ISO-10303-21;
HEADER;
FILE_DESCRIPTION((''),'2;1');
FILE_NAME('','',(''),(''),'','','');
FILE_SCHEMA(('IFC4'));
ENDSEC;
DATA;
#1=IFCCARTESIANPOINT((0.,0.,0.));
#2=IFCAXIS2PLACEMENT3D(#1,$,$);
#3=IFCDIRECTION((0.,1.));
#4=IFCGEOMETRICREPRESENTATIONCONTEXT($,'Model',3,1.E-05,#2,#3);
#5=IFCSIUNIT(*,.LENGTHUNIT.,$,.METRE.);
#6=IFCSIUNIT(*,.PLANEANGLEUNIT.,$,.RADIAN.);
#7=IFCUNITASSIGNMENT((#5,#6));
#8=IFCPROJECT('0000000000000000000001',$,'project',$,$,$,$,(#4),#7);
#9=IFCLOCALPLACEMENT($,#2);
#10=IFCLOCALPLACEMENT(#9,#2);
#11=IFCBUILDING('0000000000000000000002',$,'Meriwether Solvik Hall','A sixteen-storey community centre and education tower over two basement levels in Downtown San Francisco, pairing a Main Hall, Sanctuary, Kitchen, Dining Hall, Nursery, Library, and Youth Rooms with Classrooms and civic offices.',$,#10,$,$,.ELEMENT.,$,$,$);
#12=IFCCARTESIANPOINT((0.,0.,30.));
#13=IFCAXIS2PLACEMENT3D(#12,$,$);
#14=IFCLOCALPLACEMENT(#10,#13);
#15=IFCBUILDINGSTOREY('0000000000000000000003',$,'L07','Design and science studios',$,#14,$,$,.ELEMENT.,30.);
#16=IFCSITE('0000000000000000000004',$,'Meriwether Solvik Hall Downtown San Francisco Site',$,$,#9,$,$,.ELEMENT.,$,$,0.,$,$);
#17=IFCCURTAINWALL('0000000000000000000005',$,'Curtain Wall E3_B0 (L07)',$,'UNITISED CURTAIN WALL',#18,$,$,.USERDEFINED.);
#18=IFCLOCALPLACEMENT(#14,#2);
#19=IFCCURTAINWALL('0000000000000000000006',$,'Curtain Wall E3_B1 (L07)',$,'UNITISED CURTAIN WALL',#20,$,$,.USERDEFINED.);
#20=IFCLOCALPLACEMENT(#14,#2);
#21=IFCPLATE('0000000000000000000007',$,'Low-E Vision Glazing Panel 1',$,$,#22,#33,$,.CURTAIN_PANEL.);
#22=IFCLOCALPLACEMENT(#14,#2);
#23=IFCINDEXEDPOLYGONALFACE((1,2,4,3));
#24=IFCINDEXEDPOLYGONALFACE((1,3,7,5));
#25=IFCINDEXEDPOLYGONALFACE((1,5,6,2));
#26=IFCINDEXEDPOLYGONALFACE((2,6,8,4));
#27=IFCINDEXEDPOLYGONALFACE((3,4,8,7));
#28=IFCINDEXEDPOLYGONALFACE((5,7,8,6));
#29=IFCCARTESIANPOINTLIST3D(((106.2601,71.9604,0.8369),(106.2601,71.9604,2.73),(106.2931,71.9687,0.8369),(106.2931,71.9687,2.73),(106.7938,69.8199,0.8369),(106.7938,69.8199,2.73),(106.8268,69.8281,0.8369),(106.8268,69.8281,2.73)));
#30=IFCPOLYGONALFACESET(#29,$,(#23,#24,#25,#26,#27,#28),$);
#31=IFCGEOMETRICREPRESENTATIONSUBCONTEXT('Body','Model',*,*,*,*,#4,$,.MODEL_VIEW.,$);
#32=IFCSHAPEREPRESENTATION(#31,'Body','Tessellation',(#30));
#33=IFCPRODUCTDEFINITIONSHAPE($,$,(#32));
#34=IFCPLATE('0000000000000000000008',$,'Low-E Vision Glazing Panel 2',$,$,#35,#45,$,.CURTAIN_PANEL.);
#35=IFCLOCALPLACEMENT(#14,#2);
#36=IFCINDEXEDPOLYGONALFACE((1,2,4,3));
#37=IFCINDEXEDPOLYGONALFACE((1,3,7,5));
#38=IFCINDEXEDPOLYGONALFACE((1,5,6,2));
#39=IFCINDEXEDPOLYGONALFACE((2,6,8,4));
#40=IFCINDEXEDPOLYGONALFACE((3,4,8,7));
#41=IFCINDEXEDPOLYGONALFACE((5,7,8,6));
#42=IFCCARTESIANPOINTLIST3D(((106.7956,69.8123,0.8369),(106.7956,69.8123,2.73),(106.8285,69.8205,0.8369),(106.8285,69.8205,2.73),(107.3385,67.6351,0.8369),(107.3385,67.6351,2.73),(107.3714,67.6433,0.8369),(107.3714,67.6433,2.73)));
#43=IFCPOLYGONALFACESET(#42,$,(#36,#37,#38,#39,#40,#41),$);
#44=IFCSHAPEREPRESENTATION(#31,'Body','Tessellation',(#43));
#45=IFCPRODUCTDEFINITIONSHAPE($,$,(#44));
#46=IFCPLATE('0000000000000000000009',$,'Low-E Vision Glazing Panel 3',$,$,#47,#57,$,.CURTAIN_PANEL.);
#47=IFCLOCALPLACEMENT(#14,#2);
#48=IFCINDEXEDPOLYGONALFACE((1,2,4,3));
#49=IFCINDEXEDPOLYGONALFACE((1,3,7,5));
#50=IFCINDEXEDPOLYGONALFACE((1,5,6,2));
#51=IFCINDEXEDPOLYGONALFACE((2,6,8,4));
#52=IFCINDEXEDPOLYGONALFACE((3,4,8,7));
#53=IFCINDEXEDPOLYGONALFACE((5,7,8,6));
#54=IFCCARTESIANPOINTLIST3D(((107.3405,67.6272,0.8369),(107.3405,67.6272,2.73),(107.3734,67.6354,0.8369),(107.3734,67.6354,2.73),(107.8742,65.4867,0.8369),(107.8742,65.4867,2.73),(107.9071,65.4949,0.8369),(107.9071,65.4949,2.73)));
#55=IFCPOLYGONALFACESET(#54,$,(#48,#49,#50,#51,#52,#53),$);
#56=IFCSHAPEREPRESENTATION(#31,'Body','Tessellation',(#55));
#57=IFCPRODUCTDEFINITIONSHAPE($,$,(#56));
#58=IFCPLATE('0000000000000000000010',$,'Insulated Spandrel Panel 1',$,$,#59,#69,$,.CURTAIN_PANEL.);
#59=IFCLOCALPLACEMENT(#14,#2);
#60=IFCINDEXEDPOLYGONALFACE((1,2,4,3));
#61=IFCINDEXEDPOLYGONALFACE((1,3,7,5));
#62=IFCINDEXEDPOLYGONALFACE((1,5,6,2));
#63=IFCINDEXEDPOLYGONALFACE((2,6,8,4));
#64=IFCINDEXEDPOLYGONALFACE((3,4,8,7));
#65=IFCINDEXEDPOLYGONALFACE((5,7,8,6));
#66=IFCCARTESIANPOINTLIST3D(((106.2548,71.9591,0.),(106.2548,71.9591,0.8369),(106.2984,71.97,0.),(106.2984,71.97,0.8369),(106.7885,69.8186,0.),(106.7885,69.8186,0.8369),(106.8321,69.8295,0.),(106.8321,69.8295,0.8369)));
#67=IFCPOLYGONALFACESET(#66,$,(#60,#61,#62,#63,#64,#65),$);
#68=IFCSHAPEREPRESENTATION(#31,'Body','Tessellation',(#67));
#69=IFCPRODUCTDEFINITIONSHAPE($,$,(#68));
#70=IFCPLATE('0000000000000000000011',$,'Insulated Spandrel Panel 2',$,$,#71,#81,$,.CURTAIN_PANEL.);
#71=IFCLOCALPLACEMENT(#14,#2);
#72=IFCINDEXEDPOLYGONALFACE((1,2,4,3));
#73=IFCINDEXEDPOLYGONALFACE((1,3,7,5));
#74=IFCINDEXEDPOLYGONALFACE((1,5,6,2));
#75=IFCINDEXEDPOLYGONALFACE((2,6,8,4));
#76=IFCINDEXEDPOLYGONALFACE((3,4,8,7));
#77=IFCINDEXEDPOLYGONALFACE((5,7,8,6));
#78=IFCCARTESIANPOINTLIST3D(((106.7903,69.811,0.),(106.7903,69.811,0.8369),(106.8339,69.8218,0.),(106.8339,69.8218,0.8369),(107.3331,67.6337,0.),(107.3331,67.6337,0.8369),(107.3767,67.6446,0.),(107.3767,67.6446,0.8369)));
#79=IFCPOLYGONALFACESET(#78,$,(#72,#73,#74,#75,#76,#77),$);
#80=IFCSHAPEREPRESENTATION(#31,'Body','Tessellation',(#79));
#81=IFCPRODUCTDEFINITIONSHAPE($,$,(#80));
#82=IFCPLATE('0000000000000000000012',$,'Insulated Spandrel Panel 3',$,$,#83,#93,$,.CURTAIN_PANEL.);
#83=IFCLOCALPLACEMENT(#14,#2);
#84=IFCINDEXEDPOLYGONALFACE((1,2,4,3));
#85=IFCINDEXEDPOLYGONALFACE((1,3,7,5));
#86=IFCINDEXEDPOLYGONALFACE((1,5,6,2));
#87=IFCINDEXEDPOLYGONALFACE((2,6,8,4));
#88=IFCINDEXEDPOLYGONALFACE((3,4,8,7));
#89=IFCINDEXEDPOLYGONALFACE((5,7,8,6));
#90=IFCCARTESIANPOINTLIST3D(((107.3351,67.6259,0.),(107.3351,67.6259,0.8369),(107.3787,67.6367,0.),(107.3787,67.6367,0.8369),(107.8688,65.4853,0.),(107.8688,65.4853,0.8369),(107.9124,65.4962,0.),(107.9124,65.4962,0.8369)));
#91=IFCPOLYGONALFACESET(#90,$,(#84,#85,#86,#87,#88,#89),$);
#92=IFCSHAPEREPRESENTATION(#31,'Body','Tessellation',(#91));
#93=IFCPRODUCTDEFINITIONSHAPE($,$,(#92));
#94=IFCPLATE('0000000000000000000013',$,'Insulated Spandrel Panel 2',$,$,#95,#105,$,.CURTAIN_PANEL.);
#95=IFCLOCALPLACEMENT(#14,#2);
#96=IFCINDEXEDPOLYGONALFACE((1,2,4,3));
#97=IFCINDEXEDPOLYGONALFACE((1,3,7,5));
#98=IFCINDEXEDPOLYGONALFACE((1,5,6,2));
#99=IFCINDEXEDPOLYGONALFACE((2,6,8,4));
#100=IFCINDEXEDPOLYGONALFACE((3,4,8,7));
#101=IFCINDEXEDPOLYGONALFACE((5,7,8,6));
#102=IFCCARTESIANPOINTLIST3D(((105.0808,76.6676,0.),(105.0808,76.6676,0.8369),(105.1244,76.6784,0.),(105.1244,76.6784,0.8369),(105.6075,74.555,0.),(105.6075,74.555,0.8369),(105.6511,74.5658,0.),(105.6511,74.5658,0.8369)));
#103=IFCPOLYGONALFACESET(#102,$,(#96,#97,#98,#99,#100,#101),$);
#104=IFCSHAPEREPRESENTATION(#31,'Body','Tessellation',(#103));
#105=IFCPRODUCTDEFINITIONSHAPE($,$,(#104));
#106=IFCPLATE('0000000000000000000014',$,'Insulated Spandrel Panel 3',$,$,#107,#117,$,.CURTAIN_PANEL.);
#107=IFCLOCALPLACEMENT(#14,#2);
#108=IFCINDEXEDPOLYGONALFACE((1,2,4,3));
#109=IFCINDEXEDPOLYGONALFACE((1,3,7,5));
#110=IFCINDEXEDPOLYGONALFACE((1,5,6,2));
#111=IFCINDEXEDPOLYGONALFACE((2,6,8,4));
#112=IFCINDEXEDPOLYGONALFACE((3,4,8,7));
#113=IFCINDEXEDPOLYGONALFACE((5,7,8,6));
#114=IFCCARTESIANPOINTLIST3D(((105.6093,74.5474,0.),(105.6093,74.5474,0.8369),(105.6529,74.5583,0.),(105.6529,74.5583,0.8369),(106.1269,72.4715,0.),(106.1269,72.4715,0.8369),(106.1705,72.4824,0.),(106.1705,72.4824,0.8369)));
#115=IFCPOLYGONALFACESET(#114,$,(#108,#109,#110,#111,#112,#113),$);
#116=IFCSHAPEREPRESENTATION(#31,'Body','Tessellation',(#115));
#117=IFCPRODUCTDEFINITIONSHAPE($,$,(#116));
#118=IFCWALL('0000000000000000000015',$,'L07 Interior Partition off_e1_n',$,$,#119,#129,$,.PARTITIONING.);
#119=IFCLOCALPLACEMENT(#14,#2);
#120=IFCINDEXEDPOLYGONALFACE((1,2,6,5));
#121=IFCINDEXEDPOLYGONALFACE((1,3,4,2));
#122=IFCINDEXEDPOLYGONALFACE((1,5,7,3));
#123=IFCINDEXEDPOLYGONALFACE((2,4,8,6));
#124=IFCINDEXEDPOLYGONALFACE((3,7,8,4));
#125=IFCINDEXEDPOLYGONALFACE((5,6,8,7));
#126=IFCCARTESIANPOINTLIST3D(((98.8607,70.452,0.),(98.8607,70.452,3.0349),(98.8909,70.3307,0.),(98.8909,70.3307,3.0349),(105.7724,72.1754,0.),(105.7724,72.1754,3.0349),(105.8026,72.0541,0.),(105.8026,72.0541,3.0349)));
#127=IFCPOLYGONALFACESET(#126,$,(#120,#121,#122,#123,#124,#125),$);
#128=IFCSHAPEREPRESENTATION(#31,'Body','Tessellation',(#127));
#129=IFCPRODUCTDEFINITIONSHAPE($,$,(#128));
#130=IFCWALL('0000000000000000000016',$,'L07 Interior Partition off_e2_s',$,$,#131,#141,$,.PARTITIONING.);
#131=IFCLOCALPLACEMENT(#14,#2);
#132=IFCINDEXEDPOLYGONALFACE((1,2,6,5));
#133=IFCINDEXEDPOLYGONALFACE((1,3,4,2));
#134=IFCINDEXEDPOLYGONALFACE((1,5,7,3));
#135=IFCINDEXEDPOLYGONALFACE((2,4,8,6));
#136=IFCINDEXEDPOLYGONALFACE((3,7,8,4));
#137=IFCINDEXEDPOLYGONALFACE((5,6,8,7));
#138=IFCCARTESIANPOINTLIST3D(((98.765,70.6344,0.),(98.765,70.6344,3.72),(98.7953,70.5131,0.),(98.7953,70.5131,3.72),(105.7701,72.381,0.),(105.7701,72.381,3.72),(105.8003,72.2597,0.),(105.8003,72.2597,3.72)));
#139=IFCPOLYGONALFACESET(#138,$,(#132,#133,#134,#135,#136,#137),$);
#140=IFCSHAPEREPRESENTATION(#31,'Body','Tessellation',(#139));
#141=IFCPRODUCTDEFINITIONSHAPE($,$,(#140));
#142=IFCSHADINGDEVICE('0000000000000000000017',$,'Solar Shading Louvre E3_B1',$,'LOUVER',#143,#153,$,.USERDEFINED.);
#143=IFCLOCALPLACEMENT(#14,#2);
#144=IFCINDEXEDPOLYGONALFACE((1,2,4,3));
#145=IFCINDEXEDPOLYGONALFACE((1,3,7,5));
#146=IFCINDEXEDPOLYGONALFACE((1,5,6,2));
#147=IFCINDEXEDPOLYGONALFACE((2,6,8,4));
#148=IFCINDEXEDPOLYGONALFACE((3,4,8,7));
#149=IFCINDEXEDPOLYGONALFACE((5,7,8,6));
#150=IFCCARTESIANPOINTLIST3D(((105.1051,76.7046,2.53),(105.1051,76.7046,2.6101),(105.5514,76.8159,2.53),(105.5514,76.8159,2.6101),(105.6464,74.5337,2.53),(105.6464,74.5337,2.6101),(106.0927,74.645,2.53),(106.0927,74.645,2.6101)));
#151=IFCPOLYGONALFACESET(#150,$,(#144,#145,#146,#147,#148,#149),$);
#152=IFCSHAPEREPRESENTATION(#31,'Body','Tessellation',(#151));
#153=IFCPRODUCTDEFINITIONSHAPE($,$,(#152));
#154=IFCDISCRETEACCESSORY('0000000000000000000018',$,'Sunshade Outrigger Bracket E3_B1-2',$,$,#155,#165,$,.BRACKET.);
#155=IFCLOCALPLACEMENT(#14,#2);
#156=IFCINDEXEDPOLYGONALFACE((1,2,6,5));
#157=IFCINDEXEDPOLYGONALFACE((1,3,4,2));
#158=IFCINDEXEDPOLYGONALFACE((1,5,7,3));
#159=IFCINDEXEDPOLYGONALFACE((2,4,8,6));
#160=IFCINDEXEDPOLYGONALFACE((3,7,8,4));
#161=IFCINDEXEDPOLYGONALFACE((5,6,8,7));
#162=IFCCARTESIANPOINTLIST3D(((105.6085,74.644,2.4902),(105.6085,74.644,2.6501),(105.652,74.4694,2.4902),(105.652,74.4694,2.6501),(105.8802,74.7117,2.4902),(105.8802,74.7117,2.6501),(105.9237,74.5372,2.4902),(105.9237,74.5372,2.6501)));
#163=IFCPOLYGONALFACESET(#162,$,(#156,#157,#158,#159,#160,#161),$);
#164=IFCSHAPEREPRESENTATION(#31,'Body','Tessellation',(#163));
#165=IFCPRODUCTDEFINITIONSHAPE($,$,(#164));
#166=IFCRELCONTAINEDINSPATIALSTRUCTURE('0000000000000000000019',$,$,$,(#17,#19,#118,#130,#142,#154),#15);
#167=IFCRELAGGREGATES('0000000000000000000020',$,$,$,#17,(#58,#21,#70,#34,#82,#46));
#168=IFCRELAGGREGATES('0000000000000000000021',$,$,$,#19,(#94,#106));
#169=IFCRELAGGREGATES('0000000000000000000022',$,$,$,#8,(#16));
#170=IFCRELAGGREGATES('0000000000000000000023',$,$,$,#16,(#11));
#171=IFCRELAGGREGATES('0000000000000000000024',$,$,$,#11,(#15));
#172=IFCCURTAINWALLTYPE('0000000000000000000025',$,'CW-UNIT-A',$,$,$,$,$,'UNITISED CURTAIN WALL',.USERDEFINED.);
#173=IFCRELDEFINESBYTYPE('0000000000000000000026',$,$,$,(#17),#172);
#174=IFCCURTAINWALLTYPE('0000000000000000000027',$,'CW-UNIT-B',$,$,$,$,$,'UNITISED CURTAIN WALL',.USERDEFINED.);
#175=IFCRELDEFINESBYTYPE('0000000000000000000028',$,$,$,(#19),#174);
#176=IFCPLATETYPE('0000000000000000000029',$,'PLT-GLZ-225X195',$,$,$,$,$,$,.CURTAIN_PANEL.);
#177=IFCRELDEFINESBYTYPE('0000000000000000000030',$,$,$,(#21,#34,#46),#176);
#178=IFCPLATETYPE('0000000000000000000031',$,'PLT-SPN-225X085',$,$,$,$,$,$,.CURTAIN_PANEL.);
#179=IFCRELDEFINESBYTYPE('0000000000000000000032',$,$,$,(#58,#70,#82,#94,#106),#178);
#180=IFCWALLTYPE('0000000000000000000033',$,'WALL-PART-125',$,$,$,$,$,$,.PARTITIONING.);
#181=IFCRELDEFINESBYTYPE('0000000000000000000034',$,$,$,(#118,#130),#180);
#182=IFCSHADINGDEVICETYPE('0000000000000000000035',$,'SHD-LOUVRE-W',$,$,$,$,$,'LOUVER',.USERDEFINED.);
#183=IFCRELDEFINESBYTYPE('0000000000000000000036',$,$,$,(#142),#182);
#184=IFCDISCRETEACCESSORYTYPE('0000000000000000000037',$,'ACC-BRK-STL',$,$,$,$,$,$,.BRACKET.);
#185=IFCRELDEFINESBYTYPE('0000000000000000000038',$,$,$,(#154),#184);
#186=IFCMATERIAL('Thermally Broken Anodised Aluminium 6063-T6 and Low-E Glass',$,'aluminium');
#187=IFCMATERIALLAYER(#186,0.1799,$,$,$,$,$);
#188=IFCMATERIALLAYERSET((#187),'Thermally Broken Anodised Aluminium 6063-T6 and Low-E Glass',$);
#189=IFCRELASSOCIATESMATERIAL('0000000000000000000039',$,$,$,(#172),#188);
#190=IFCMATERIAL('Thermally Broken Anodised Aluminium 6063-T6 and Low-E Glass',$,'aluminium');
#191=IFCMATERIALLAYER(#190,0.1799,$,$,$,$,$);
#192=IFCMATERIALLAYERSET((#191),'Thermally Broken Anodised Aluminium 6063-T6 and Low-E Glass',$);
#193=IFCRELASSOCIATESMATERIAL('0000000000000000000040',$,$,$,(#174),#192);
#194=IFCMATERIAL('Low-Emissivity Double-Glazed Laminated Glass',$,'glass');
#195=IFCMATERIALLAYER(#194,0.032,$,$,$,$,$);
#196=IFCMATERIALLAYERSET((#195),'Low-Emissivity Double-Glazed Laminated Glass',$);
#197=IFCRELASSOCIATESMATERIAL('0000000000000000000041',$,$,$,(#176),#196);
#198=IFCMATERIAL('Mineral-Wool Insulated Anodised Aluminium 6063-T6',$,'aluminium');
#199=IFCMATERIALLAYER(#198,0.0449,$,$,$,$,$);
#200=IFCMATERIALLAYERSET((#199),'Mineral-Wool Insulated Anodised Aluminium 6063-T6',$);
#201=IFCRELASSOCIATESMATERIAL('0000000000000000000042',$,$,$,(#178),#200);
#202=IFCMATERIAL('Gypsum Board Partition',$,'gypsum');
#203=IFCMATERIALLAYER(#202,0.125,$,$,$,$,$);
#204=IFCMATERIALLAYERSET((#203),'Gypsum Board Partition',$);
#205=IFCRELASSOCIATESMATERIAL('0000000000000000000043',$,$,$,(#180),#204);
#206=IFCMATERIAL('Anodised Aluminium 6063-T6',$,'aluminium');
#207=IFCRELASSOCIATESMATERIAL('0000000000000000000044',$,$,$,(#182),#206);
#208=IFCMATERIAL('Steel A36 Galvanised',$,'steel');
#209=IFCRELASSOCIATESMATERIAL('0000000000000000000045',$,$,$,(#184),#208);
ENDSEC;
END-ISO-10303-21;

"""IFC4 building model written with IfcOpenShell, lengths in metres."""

from ifc_helpers import new_model, si_unit, direction, frame, frame_2d, origin, origin_2d, place, context, subcontext, project, spatial, rectangle, extrude, material, layer, layer_set, type_object, element, aggregate, save


model = new_model("IFC4")

# Units and contexts
model_context = context("Model", 3, precision=1e-05, world=origin(), true_north=direction((0.0, 1.0)))
body_context = subcontext(model_context, "Body", "Model", "MODEL_VIEW")
ifc_project = project(units=[si_unit("LENGTHUNIT", "METRE"), si_unit("PLANEANGLEUNIT", "RADIAN")], contexts=[model_context])

# Site, building, storey
site_placement = place(None, origin())
site = spatial("IfcSite", under=ifc_project, at=site_placement, Name="Meriwether Solvik Hall Downtown San Francisco Site", CompositionType="ELEMENT", RefElevation=0.0)
building_placement = place(site_placement, origin())
building = spatial("IfcBuilding", under=site, at=building_placement, Name="Meriwether Solvik Hall", Description="A sixteen-storey community centre and education tower over two basement levels in Downtown San Francisco, pairing a Main Hall, Sanctuary, Kitchen, Dining Hall, Nursery, Library, and Youth Rooms with Classrooms and civic offices.", CompositionType="ELEMENT")
storey_placement = place(building_placement, frame((0.0, 0.0, 30.0)))
storey = spatial("IfcBuildingStorey", under=building, at=storey_placement, Name="L07", Description="Design and science studios", CompositionType="ELEMENT", Elevation=30.0)

# Curtain walls
ifc_material_1 = material(Name="Thermally Broken Anodised Aluminium 6063-T6 and Low-E Glass", Category="aluminium")
ifc_layer_1 = layer(ifc_material_1, 0.1799)
ifc_layer_set_1 = layer_set([ifc_layer_1], Name="Thermally Broken Anodised Aluminium 6063-T6 and Low-E Glass")
curtain_wall_type_1 = type_object("IfcCurtainWallType", Name="CW-UNIT-A", ElementType="UNITISED CURTAIN WALL", PredefinedType="USERDEFINED", material=ifc_layer_set_1)
curtain_wall_1_placement = place(storey_placement, origin())
curtain_wall_1 = element("IfcCurtainWall", 1, at=curtain_wall_1_placement, inside=storey, type_object=curtain_wall_type_1, Name="Curtain Wall E3_B0 (L07)", ObjectType="UNITISED CURTAIN WALL", PredefinedType="USERDEFINED")
ifc_material_2 = material(Name="Thermally Broken Anodised Aluminium 6063-T6 and Low-E Glass", Category="aluminium")
ifc_layer_2 = layer(ifc_material_2, 0.1799)
ifc_layer_set_2 = layer_set([ifc_layer_2], Name="Thermally Broken Anodised Aluminium 6063-T6 and Low-E Glass")
curtain_wall_type_2 = type_object("IfcCurtainWallType", Name="CW-UNIT-B", ElementType="UNITISED CURTAIN WALL", PredefinedType="USERDEFINED", material=ifc_layer_set_2)
curtain_wall_2_placement = place(storey_placement, origin())
curtain_wall_2 = element("IfcCurtainWall", 2, at=curtain_wall_2_placement, inside=storey, type_object=curtain_wall_type_2, Name="Curtain Wall E3_B1 (L07)", ObjectType="UNITISED CURTAIN WALL", PredefinedType="USERDEFINED")

# Plates
ifc_material_3 = material(Name="Low-Emissivity Double-Glazed Laminated Glass", Category="glass")
ifc_layer_3 = layer(ifc_material_3, 0.032)
ifc_layer_set_3 = layer_set([ifc_layer_3], Name="Low-Emissivity Double-Glazed Laminated Glass")
plate_type_1 = type_object("IfcPlateType", Name="PLT-GLZ-225X195", PredefinedType="CURTAIN_PANEL", material=ifc_layer_set_3)
plate_1_placement = place(storey_placement, frame((106.5435, 70.8943, 0.8369), z_axis=(0.0, 0.0, 1.0), x_axis=(0.241922, -0.970296, 0.0)))
plate_1 = element("IfcPlate", 3, at=plate_1_placement, type_object=plate_type_1, Name="Low-E Vision Glazing Panel 1", PredefinedType="CURTAIN_PANEL", context=body_context, shape_type="SweptSolid", body=[
    extrude(rectangle(XDim=2.2061, YDim=0.0339, at=origin_2d()), origin(), (0.0, 0.0, 1.0), 1.8931),
])
plate_2_placement = place(storey_placement, frame((107.0835, 68.7278, 0.8369), z_axis=(0.0, 0.0, 1.0), x_axis=(0.241922, -0.970296, 0.0)))
plate_2 = element("IfcPlate", 4, at=plate_2_placement, type_object=plate_type_1, Name="Low-E Vision Glazing Panel 2", PredefinedType="CURTAIN_PANEL", context=body_context, shape_type="SweptSolid", body=[
    extrude(rectangle(XDim=2.2439, YDim=0.0339, at=origin_2d()), origin(), (0.0, 0.0, 1.0), 1.8931),
])
plate_3_placement = place(storey_placement, frame((107.6238, 66.561, 0.8369), z_axis=(0.0, 0.0, 1.0), x_axis=(0.241922, -0.970296, 0.0)))
plate_3 = element("IfcPlate", 5, at=plate_3_placement, type_object=plate_type_1, Name="Low-E Vision Glazing Panel 3", PredefinedType="CURTAIN_PANEL", context=body_context, shape_type="SweptSolid", body=[
    extrude(rectangle(XDim=2.2061, YDim=0.0339, at=origin_2d()), origin(), (0.0, 0.0, 1.0), 1.8931),
])
ifc_material_4 = material(Name="Mineral-Wool Insulated Anodised Aluminium 6063-T6", Category="aluminium")
ifc_layer_4 = layer(ifc_material_4, 0.0449)
ifc_layer_set_4 = layer_set([ifc_layer_4], Name="Mineral-Wool Insulated Anodised Aluminium 6063-T6")
plate_type_2 = type_object("IfcPlateType", Name="PLT-SPN-225X085", PredefinedType="CURTAIN_PANEL", material=ifc_layer_set_4)
plate_4_placement = place(storey_placement, frame((106.5435, 70.8943, 0.0), z_axis=(0.0, 0.0, 1.0), x_axis=(0.241922, -0.970296, 0.0)))
plate_4 = element("IfcPlate", 6, at=plate_4_placement, type_object=plate_type_2, Name="Insulated Spandrel Panel 1", PredefinedType="CURTAIN_PANEL", context=body_context, shape_type="SweptSolid", body=[
    extrude(rectangle(XDim=2.2061, YDim=0.0449, at=origin_2d()), origin(), (0.0, 0.0, 1.0), 0.8369),
])
plate_5_placement = place(storey_placement, frame((107.0835, 68.7278, 0.0), z_axis=(0.0, 0.0, 1.0), x_axis=(0.241922, -0.970296, 0.0)))
plate_5 = element("IfcPlate", 7, at=plate_5_placement, type_object=plate_type_2, Name="Insulated Spandrel Panel 2", PredefinedType="CURTAIN_PANEL", context=body_context, shape_type="SweptSolid", body=[
    extrude(rectangle(XDim=2.2439, YDim=0.0449, at=origin_2d()), origin(), (0.0, 0.0, 1.0), 0.8369),
])
plate_6_placement = place(storey_placement, frame((107.6238, 66.561, 0.0), z_axis=(0.0, 0.0, 1.0), x_axis=(0.241922, -0.970296, 0.0)))
plate_6 = element("IfcPlate", 8, at=plate_6_placement, type_object=plate_type_2, Name="Insulated Spandrel Panel 3", PredefinedType="CURTAIN_PANEL", context=body_context, shape_type="SweptSolid", body=[
    extrude(rectangle(XDim=2.2061, YDim=0.0449, at=origin_2d()), origin(), (0.0, 0.0, 1.0), 0.8369),
])
aggregate(curtain_wall_1, [plate_4, plate_1, plate_5, plate_2, plate_6, plate_3])
plate_7_placement = place(storey_placement, frame((105.366, 75.6167, 0.0), z_axis=(0.0, 0.0, 1.0), x_axis=(0.241922, -0.970296, 0.0)))
plate_7 = element("IfcPlate", 9, at=plate_7_placement, type_object=plate_type_2, Name="Insulated Spandrel Panel 2", PredefinedType="CURTAIN_PANEL", context=body_context, shape_type="SweptSolid", body=[
    extrude(rectangle(XDim=2.1772, YDim=0.0449, at=origin_2d()), origin(), (0.0, 0.0, 1.0), 0.8369),
])
plate_8_placement = place(storey_placement, frame((105.8899, 73.5149, 0.0), z_axis=(0.0, 0.0, 1.0), x_axis=(0.241922, -0.970296, 0.0)))
plate_8 = element("IfcPlate", 10, at=plate_8_placement, type_object=plate_type_2, Name="Insulated Spandrel Panel 3", PredefinedType="CURTAIN_PANEL", context=body_context, shape_type="SweptSolid", body=[
    extrude(rectangle(XDim=2.1394, YDim=0.0449, at=origin_2d()), origin(), (0.0, 0.0, 1.0), 0.8369),
])
aggregate(curtain_wall_2, [plate_7, plate_8])

# Walls
ifc_material_5 = material(Name="Gypsum Board Partition", Category="gypsum")
ifc_layer_5 = layer(ifc_material_5, 0.125)
ifc_layer_set_5 = layer_set([ifc_layer_5], Name="Gypsum Board Partition")
wall_type = type_object("IfcWallType", Name="WALL-PART-125", PredefinedType="PARTITIONING", material=ifc_layer_set_5)
wall_1_placement = place(storey_placement, frame((105.7874, 72.1147, 0.0), z_axis=(0.0, 0.0, 1.0), x_axis=(-0.970292, -0.241939, 0.0)))
element("IfcWall", 11, at=wall_1_placement, inside=storey, type_object=wall_type, Name="L07 Interior Partition off_e1_n", PredefinedType="PARTITIONING", context=body_context, shape_type="SweptSolid", body=[
    extrude(rectangle(XDim=7.1233, YDim=0.125, at=frame_2d((3.5615, 0.0))), origin(), (0.0, 0.0, 1.0), 3.0349),
])
wall_2_placement = place(storey_placement, frame((98.78, 70.5737, 0.0), z_axis=(0.0, 0.0, 1.0), x_axis=(0.970295, 0.241923, 0.0)))
element("IfcWall", 12, at=wall_2_placement, inside=storey, type_object=wall_type, Name="L07 Interior Partition off_e2_s", PredefinedType="PARTITIONING", context=body_context, shape_type="SweptSolid", body=[
    extrude(rectangle(XDim=7.2195, YDim=0.125, at=frame_2d((3.6099, 0.0))), origin(), (0.0, 0.0, 1.0), 3.72),
])

# Shading device
ifc_material_6 = material(Name="Anodised Aluminium 6063-T6", Category="aluminium")
shading_device_type = type_object("IfcShadingDeviceType", Name="SHD-LOUVRE-W", ElementType="LOUVER", PredefinedType="USERDEFINED", material=ifc_material_6)
shading_device_placement = place(storey_placement, frame((105.5989, 75.6748, 2.53), z_axis=(0.0, 0.0, 1.0), x_axis=(0.241922, -0.970296, 0.0)))
element("IfcShadingDevice", 13, at=shading_device_placement, inside=storey, type_object=shading_device_type, Name="Solar Shading Louvre E3_B1", ObjectType="LOUVER", PredefinedType="USERDEFINED", context=body_context, shape_type="SweptSolid", body=[
    extrude(rectangle(XDim=2.2373, YDim=0.46, at=origin_2d()), origin(), (0.0, 0.0, 1.0), 0.0801),
])

# Discrete accessory
ifc_material_7 = material(Name="Steel A36 Galvanised", Category="steel")
discrete_accessory_type = type_object("IfcDiscreteAccessoryType", Name="ACC-BRK-STL", PredefinedType="BRACKET", material=ifc_material_7)
discrete_accessory_placement = place(storey_placement, frame((105.7661, 74.5906, 2.4902), z_axis=(0.0, 0.0, 1.0), x_axis=(0.241922, -0.970296, 0.0)))
element("IfcDiscreteAccessory", 14, at=discrete_accessory_placement, inside=storey, type_object=discrete_accessory_type, Name="Sunshade Outrigger Bracket E3_B1-2", PredefinedType="BRACKET", context=body_context, shape_type="SweptSolid", body=[
    extrude(rectangle(XDim=0.1799, YDim=0.28, at=origin_2d()), origin(), (0.0, 0.0, 1.0), 0.1599),
])

save(model, "model.ifc")
